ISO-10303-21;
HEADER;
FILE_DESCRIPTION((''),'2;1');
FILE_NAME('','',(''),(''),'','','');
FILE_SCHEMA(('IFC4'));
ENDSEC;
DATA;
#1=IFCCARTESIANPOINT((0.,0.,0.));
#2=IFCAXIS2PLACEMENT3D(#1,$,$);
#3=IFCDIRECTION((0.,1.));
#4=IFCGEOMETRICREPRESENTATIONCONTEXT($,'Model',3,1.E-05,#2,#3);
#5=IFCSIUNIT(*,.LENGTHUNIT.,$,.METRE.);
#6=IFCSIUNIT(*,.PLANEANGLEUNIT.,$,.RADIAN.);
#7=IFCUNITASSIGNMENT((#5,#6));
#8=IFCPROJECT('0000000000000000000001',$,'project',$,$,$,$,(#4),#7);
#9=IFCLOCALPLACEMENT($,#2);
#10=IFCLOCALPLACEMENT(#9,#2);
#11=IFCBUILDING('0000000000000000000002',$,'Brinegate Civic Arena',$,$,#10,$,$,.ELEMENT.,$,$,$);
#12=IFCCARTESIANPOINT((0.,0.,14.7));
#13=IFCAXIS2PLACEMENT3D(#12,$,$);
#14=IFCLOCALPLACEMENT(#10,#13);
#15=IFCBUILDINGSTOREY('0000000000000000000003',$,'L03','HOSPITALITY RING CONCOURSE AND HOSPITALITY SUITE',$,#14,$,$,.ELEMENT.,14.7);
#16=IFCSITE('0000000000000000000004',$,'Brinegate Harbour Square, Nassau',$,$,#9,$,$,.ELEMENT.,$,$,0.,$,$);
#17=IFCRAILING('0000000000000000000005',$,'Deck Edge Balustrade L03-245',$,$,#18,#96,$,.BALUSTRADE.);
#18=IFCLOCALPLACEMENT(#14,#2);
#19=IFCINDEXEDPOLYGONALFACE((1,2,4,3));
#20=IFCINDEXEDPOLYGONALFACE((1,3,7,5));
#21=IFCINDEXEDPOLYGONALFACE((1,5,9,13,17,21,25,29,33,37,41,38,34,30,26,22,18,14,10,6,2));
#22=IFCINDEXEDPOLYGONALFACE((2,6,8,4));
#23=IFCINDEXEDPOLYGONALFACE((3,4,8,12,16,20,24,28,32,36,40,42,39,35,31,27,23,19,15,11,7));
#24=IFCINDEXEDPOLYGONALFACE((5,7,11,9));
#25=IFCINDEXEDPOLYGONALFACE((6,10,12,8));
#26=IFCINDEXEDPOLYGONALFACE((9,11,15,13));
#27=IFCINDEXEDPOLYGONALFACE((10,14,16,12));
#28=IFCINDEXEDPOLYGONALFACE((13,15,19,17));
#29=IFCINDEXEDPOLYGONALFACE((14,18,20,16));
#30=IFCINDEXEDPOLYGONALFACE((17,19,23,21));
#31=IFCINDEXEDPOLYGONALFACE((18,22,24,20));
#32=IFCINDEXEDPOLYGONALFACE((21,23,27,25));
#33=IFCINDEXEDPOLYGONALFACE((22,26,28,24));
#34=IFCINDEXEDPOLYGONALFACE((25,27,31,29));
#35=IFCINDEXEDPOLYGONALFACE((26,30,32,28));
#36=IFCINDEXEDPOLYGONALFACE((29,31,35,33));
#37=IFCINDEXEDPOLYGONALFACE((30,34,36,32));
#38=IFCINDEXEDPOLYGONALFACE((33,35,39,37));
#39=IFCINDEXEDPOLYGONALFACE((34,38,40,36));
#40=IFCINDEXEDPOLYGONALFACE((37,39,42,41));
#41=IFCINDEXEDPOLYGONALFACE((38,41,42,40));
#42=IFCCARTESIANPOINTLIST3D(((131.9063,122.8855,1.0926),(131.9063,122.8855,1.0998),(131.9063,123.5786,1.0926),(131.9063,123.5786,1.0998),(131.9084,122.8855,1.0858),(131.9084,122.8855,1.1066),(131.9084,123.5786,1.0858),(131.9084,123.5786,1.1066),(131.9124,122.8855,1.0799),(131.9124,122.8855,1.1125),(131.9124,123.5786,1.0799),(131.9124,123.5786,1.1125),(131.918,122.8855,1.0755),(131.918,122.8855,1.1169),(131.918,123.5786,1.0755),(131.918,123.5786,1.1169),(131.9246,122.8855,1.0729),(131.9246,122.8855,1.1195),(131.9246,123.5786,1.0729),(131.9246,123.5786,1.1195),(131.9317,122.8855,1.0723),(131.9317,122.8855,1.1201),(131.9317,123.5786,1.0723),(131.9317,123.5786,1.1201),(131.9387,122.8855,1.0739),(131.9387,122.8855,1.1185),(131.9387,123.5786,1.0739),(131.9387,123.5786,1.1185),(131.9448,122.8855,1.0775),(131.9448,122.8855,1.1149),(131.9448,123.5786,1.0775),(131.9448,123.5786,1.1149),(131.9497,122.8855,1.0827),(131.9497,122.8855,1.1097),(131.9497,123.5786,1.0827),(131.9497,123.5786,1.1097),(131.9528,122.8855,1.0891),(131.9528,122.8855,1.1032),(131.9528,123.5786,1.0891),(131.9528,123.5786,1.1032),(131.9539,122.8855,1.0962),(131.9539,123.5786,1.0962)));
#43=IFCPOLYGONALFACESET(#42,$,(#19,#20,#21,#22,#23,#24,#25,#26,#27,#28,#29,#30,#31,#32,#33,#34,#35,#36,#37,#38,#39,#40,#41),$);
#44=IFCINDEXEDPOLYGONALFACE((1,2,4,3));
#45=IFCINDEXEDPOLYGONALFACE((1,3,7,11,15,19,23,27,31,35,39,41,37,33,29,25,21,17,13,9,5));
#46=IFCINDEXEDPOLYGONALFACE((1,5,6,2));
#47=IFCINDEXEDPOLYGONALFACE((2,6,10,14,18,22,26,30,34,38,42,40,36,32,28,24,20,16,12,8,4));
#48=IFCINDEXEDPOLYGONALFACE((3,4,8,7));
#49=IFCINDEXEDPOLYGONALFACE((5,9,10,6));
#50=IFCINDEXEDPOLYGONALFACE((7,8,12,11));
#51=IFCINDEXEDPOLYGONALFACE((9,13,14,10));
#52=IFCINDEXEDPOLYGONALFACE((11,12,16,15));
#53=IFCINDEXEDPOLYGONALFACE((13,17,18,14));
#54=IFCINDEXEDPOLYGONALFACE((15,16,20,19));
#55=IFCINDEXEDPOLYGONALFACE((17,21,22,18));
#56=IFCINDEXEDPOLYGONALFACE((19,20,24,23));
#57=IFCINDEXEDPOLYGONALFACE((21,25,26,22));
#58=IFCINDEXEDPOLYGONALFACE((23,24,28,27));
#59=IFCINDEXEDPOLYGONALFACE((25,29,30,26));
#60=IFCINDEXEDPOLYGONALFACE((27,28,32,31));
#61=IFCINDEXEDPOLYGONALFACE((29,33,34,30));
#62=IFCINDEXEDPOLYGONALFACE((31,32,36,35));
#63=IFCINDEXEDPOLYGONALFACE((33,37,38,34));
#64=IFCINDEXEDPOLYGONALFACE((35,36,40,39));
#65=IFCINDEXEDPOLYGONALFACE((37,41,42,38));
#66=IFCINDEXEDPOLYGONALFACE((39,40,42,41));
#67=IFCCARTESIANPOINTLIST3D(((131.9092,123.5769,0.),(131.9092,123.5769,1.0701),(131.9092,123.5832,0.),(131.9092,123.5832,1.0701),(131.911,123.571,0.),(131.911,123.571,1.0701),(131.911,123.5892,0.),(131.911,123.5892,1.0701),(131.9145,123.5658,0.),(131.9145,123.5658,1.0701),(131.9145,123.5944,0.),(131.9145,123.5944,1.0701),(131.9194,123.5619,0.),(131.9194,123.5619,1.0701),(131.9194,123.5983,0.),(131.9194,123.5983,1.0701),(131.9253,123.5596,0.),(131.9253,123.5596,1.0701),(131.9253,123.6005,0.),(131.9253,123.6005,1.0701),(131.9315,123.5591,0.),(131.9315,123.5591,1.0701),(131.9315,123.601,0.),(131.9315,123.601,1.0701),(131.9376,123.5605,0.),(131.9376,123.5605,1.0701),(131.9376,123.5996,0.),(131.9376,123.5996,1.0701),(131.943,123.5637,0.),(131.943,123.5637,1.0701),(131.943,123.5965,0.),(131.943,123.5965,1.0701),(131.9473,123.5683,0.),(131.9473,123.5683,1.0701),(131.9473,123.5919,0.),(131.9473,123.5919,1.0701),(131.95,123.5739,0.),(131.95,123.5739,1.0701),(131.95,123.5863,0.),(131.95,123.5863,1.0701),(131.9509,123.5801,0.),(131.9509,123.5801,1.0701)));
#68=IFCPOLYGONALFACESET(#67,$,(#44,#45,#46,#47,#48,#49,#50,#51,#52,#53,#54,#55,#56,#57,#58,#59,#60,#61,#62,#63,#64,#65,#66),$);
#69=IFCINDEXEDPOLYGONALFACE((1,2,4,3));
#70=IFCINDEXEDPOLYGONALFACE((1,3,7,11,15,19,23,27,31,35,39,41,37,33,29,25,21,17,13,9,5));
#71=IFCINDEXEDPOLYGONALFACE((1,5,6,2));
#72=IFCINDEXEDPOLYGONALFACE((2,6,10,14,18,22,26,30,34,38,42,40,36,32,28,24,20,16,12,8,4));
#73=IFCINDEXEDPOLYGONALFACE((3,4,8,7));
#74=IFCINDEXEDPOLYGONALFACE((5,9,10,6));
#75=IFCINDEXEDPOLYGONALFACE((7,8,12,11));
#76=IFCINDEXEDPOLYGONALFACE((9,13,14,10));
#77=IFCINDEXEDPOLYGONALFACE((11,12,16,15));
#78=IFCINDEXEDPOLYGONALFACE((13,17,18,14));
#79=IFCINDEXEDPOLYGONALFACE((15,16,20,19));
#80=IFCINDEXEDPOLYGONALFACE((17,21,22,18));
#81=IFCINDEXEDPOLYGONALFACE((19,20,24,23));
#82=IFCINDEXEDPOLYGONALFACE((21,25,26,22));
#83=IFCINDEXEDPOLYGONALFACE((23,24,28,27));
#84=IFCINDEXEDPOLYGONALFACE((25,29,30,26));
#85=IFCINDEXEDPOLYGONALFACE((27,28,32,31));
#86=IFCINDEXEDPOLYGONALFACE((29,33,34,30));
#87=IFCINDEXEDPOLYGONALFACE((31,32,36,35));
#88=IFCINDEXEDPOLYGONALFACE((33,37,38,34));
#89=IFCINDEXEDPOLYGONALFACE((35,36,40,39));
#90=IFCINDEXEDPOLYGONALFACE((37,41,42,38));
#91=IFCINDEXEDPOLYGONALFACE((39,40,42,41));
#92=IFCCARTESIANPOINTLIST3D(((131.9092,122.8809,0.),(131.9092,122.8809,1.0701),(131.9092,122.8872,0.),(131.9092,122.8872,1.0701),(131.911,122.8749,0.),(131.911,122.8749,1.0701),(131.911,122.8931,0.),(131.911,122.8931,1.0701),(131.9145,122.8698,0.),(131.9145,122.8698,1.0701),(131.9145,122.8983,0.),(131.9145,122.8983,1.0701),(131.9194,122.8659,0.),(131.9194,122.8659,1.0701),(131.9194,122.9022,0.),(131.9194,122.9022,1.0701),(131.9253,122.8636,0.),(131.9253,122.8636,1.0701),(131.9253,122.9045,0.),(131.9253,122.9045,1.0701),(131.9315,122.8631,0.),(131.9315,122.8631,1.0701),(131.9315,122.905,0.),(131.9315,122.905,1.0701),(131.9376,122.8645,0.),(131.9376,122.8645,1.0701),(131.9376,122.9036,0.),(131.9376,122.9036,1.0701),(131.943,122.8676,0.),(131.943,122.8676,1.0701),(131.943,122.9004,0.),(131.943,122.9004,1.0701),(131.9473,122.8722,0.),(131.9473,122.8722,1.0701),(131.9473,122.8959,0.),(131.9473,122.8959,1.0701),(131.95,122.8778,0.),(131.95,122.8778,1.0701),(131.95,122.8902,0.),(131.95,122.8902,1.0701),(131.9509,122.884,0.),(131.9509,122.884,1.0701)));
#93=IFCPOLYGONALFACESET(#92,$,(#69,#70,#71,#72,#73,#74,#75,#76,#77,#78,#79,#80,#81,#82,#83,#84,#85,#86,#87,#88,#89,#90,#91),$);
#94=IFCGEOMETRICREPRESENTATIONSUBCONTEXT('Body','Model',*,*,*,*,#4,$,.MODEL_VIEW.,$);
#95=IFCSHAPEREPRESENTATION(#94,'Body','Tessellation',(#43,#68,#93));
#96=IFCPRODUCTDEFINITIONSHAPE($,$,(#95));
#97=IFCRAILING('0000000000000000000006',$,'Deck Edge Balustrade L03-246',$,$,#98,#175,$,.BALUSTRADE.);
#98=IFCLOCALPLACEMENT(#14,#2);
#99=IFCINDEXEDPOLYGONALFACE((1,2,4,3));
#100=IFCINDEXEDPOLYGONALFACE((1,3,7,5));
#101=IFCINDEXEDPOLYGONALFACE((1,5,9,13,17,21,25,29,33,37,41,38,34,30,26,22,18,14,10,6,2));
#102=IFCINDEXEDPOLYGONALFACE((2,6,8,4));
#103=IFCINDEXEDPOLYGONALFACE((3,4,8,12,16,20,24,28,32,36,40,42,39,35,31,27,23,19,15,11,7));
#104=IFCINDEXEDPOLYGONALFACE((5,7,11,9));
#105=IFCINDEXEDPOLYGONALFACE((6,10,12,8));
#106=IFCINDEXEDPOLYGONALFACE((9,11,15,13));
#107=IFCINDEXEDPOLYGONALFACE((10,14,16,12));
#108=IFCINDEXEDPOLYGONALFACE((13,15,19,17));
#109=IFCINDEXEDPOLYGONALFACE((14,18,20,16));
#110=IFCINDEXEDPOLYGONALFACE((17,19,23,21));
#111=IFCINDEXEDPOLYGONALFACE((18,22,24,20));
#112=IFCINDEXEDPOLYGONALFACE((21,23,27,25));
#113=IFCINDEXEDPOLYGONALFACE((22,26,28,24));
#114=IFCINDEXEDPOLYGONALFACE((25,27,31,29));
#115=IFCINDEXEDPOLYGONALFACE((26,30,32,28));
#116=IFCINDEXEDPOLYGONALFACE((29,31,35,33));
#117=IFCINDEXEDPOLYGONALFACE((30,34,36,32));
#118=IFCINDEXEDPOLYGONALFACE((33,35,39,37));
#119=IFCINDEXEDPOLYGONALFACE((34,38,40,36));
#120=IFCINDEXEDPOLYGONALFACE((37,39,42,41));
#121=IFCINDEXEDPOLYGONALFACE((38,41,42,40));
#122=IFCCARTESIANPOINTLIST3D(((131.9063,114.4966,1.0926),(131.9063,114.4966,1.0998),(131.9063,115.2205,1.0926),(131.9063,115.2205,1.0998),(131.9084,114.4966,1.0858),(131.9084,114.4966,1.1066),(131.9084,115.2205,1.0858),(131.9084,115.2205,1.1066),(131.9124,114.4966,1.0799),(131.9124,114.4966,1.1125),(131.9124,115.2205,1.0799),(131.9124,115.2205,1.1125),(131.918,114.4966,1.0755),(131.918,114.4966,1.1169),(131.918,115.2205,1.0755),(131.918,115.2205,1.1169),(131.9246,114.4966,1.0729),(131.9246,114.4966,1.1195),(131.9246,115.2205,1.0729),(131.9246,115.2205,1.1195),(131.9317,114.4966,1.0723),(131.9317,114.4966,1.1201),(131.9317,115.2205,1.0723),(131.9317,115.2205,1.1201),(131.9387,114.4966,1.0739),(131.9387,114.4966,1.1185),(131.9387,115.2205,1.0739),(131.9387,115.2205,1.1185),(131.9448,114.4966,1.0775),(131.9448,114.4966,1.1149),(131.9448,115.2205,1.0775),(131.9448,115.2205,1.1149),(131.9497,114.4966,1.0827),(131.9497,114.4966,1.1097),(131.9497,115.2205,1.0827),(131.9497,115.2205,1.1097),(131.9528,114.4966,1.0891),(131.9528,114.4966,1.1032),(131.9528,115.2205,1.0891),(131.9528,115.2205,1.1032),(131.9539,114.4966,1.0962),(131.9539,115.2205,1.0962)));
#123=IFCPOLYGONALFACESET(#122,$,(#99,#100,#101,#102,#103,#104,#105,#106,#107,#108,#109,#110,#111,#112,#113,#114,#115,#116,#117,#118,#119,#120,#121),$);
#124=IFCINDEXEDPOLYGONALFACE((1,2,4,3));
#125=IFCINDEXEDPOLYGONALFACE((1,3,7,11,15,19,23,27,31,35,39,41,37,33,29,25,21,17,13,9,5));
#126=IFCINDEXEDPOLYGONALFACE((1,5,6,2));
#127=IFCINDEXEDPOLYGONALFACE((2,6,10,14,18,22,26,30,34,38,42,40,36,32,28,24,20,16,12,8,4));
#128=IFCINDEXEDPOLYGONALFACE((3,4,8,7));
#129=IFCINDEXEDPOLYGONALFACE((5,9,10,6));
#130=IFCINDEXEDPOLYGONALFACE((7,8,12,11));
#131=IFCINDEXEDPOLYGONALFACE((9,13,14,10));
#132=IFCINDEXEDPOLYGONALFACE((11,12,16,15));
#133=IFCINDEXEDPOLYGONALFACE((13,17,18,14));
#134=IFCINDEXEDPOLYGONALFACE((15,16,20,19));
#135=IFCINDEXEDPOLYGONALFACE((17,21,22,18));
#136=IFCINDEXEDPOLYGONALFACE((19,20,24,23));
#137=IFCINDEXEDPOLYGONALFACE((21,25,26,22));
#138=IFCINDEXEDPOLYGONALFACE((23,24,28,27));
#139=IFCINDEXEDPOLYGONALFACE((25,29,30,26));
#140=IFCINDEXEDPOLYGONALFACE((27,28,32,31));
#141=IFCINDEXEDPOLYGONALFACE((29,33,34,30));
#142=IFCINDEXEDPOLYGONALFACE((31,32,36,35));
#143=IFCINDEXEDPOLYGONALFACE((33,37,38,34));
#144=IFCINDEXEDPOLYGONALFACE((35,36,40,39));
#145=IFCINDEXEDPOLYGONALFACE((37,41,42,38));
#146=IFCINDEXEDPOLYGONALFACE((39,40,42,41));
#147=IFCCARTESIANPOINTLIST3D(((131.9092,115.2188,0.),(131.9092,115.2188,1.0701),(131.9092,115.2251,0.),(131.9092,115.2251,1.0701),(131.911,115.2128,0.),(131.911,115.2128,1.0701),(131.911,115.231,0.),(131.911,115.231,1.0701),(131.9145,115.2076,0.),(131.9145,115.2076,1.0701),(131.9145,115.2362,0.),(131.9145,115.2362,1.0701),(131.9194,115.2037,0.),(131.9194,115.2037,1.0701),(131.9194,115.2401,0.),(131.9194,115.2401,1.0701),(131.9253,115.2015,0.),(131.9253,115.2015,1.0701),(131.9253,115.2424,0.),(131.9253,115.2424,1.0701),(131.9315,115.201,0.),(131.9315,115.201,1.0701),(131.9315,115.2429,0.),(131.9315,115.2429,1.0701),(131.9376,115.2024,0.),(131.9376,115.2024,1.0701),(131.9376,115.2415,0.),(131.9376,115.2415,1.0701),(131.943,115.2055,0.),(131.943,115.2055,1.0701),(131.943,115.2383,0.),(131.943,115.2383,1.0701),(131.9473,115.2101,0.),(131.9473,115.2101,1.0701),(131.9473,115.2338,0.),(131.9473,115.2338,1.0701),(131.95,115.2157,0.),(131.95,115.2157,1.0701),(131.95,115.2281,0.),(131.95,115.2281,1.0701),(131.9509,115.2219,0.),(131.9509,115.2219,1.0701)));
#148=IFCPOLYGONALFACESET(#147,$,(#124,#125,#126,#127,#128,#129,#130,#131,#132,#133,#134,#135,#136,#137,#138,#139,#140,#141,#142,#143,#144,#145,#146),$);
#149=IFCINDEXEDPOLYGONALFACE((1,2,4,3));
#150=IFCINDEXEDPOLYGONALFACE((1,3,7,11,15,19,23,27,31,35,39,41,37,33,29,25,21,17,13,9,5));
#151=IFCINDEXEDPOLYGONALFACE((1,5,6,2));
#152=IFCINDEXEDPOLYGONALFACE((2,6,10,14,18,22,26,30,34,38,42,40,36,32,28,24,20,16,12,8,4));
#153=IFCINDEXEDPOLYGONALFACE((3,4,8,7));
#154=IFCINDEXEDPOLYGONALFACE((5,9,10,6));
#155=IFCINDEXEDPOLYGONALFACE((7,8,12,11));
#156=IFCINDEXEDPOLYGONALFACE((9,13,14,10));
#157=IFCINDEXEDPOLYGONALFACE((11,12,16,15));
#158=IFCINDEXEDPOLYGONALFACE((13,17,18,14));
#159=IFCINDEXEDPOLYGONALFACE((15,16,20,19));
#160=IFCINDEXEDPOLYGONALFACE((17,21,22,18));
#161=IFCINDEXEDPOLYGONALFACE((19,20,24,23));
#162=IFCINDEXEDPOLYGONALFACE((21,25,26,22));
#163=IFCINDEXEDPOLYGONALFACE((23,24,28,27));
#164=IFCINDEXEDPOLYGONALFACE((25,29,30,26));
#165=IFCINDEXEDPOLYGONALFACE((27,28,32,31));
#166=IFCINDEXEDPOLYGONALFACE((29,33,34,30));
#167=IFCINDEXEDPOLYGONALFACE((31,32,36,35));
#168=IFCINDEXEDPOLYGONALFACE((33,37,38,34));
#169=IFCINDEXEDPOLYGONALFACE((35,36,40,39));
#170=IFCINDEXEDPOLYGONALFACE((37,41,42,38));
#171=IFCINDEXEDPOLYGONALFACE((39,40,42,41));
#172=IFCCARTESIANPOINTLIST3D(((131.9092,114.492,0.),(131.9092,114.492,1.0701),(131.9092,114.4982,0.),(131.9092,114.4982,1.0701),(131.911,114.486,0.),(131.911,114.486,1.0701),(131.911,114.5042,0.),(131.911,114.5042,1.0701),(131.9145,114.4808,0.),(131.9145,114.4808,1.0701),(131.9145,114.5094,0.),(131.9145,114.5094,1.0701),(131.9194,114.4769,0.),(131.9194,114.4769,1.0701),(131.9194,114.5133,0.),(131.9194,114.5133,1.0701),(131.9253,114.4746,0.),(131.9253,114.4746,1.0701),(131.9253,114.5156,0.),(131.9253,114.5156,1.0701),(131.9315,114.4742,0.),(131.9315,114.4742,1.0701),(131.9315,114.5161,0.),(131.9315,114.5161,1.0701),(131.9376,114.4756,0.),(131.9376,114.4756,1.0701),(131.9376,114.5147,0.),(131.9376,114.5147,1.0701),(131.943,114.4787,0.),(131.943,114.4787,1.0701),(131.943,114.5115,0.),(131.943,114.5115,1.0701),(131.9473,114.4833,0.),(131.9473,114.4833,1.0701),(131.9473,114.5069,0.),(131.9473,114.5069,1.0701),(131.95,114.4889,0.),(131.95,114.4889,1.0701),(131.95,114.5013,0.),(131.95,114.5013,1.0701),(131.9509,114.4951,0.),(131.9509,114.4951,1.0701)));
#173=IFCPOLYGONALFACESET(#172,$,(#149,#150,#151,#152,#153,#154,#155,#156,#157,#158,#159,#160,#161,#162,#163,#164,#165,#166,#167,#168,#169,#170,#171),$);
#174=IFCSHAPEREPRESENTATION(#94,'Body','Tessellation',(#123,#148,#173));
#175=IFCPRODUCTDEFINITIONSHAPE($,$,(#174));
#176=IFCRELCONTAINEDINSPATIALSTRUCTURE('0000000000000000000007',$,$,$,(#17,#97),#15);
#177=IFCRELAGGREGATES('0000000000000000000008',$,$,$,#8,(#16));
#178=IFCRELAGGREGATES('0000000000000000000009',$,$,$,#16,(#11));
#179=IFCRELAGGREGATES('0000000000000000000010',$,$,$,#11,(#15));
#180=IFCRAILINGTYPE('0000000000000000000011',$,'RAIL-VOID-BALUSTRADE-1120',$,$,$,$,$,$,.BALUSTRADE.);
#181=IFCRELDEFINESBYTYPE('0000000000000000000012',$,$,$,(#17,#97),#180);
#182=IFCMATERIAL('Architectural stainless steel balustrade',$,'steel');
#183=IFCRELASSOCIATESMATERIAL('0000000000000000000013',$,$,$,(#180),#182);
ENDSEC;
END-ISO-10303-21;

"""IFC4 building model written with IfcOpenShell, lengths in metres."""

from ifc_helpers import new_model, si_unit, direction, frame, origin, origin_2d, place, context, subcontext, project, spatial, circle, extrude, material, type_object, element, save


model = new_model("IFC4")

# Units and contexts
model_context = context("Model", 3, precision=1e-05, world=origin(), true_north=direction((0.0, 1.0)))
body_context = subcontext(model_context, "Body", "Model", "MODEL_VIEW")
ifc_project = project(units=[si_unit("LENGTHUNIT", "METRE"), si_unit("PLANEANGLEUNIT", "RADIAN")], contexts=[model_context])

# Site, building, storey
site_placement = place(None, origin())
site = spatial("IfcSite", under=ifc_project, at=site_placement, Name="Brinegate Harbour Square, Nassau", CompositionType="ELEMENT", RefElevation=0.0)
building_placement = place(site_placement, origin())
building = spatial("IfcBuilding", under=site, at=building_placement, Name="Brinegate Civic Arena", CompositionType="ELEMENT")
storey_placement = place(building_placement, frame((0.0, 0.0, 14.7)))
storey = spatial("IfcBuildingStorey", under=building, at=storey_placement, Name="L03", Description="HOSPITALITY RING CONCOURSE AND HOSPITALITY SUITE", CompositionType="ELEMENT", Elevation=14.7)

# Railings
ifc_material_1 = material(Name="Architectural stainless steel balustrade", Category="steel")
railing_type_1 = type_object("IfcRailingType", Name="RAIL-VOID-BALUSTRADE-1120", PredefinedType="BALUSTRADE", material=ifc_material_1)
railing_1_placement = place(storey_placement, frame((131.9299, 123.5801, 0.0)))
element("IfcRailing", 1, at=railing_1_placement, inside=storey, type_object=railing_type_1, Name="Deck Edge Balustrade L03-245", PredefinedType="BALUSTRADE", context=body_context, shape_type="SweptSolid", body=[
    extrude(circle(Radius=0.0239, at=origin_2d()), frame((0.0, -0.0015, 1.0962), z_axis=(0.0, -1.0, 0.0), x_axis=(1.0, 0.0, 0.0)), (0.0, 0.0, 1.0), 0.6931),
    extrude(circle(Radius=0.021, at=origin_2d()), origin(), (0.0, 0.0, 1.0), 1.0701),
    extrude(circle(Radius=0.021, at=origin_2d()), frame((0.0, -0.696, 0.0)), (0.0, 0.0, 1.0), 1.0701),
])
railing_2_placement = place(storey_placement, frame((131.9299, 115.2219, 0.0)))
element("IfcRailing", 2, at=railing_2_placement, inside=storey, type_object=railing_type_1, Name="Deck Edge Balustrade L03-246", PredefinedType="BALUSTRADE", context=body_context, shape_type="SweptSolid", body=[
    extrude(circle(Radius=0.0239, at=origin_2d()), frame((0.0, -0.0015, 1.0962), z_axis=(0.0, -1.0, 0.0), x_axis=(1.0, 0.0, 0.0)), (0.0, 0.0, 1.0), 0.7239),
    extrude(circle(Radius=0.021, at=origin_2d()), origin(), (0.0, 0.0, 1.0), 1.0701),
    extrude(circle(Radius=0.021, at=origin_2d()), frame((0.0, -0.7268, 0.0)), (0.0, 0.0, 1.0), 1.0701),
])

save(model, "model.ifc")
